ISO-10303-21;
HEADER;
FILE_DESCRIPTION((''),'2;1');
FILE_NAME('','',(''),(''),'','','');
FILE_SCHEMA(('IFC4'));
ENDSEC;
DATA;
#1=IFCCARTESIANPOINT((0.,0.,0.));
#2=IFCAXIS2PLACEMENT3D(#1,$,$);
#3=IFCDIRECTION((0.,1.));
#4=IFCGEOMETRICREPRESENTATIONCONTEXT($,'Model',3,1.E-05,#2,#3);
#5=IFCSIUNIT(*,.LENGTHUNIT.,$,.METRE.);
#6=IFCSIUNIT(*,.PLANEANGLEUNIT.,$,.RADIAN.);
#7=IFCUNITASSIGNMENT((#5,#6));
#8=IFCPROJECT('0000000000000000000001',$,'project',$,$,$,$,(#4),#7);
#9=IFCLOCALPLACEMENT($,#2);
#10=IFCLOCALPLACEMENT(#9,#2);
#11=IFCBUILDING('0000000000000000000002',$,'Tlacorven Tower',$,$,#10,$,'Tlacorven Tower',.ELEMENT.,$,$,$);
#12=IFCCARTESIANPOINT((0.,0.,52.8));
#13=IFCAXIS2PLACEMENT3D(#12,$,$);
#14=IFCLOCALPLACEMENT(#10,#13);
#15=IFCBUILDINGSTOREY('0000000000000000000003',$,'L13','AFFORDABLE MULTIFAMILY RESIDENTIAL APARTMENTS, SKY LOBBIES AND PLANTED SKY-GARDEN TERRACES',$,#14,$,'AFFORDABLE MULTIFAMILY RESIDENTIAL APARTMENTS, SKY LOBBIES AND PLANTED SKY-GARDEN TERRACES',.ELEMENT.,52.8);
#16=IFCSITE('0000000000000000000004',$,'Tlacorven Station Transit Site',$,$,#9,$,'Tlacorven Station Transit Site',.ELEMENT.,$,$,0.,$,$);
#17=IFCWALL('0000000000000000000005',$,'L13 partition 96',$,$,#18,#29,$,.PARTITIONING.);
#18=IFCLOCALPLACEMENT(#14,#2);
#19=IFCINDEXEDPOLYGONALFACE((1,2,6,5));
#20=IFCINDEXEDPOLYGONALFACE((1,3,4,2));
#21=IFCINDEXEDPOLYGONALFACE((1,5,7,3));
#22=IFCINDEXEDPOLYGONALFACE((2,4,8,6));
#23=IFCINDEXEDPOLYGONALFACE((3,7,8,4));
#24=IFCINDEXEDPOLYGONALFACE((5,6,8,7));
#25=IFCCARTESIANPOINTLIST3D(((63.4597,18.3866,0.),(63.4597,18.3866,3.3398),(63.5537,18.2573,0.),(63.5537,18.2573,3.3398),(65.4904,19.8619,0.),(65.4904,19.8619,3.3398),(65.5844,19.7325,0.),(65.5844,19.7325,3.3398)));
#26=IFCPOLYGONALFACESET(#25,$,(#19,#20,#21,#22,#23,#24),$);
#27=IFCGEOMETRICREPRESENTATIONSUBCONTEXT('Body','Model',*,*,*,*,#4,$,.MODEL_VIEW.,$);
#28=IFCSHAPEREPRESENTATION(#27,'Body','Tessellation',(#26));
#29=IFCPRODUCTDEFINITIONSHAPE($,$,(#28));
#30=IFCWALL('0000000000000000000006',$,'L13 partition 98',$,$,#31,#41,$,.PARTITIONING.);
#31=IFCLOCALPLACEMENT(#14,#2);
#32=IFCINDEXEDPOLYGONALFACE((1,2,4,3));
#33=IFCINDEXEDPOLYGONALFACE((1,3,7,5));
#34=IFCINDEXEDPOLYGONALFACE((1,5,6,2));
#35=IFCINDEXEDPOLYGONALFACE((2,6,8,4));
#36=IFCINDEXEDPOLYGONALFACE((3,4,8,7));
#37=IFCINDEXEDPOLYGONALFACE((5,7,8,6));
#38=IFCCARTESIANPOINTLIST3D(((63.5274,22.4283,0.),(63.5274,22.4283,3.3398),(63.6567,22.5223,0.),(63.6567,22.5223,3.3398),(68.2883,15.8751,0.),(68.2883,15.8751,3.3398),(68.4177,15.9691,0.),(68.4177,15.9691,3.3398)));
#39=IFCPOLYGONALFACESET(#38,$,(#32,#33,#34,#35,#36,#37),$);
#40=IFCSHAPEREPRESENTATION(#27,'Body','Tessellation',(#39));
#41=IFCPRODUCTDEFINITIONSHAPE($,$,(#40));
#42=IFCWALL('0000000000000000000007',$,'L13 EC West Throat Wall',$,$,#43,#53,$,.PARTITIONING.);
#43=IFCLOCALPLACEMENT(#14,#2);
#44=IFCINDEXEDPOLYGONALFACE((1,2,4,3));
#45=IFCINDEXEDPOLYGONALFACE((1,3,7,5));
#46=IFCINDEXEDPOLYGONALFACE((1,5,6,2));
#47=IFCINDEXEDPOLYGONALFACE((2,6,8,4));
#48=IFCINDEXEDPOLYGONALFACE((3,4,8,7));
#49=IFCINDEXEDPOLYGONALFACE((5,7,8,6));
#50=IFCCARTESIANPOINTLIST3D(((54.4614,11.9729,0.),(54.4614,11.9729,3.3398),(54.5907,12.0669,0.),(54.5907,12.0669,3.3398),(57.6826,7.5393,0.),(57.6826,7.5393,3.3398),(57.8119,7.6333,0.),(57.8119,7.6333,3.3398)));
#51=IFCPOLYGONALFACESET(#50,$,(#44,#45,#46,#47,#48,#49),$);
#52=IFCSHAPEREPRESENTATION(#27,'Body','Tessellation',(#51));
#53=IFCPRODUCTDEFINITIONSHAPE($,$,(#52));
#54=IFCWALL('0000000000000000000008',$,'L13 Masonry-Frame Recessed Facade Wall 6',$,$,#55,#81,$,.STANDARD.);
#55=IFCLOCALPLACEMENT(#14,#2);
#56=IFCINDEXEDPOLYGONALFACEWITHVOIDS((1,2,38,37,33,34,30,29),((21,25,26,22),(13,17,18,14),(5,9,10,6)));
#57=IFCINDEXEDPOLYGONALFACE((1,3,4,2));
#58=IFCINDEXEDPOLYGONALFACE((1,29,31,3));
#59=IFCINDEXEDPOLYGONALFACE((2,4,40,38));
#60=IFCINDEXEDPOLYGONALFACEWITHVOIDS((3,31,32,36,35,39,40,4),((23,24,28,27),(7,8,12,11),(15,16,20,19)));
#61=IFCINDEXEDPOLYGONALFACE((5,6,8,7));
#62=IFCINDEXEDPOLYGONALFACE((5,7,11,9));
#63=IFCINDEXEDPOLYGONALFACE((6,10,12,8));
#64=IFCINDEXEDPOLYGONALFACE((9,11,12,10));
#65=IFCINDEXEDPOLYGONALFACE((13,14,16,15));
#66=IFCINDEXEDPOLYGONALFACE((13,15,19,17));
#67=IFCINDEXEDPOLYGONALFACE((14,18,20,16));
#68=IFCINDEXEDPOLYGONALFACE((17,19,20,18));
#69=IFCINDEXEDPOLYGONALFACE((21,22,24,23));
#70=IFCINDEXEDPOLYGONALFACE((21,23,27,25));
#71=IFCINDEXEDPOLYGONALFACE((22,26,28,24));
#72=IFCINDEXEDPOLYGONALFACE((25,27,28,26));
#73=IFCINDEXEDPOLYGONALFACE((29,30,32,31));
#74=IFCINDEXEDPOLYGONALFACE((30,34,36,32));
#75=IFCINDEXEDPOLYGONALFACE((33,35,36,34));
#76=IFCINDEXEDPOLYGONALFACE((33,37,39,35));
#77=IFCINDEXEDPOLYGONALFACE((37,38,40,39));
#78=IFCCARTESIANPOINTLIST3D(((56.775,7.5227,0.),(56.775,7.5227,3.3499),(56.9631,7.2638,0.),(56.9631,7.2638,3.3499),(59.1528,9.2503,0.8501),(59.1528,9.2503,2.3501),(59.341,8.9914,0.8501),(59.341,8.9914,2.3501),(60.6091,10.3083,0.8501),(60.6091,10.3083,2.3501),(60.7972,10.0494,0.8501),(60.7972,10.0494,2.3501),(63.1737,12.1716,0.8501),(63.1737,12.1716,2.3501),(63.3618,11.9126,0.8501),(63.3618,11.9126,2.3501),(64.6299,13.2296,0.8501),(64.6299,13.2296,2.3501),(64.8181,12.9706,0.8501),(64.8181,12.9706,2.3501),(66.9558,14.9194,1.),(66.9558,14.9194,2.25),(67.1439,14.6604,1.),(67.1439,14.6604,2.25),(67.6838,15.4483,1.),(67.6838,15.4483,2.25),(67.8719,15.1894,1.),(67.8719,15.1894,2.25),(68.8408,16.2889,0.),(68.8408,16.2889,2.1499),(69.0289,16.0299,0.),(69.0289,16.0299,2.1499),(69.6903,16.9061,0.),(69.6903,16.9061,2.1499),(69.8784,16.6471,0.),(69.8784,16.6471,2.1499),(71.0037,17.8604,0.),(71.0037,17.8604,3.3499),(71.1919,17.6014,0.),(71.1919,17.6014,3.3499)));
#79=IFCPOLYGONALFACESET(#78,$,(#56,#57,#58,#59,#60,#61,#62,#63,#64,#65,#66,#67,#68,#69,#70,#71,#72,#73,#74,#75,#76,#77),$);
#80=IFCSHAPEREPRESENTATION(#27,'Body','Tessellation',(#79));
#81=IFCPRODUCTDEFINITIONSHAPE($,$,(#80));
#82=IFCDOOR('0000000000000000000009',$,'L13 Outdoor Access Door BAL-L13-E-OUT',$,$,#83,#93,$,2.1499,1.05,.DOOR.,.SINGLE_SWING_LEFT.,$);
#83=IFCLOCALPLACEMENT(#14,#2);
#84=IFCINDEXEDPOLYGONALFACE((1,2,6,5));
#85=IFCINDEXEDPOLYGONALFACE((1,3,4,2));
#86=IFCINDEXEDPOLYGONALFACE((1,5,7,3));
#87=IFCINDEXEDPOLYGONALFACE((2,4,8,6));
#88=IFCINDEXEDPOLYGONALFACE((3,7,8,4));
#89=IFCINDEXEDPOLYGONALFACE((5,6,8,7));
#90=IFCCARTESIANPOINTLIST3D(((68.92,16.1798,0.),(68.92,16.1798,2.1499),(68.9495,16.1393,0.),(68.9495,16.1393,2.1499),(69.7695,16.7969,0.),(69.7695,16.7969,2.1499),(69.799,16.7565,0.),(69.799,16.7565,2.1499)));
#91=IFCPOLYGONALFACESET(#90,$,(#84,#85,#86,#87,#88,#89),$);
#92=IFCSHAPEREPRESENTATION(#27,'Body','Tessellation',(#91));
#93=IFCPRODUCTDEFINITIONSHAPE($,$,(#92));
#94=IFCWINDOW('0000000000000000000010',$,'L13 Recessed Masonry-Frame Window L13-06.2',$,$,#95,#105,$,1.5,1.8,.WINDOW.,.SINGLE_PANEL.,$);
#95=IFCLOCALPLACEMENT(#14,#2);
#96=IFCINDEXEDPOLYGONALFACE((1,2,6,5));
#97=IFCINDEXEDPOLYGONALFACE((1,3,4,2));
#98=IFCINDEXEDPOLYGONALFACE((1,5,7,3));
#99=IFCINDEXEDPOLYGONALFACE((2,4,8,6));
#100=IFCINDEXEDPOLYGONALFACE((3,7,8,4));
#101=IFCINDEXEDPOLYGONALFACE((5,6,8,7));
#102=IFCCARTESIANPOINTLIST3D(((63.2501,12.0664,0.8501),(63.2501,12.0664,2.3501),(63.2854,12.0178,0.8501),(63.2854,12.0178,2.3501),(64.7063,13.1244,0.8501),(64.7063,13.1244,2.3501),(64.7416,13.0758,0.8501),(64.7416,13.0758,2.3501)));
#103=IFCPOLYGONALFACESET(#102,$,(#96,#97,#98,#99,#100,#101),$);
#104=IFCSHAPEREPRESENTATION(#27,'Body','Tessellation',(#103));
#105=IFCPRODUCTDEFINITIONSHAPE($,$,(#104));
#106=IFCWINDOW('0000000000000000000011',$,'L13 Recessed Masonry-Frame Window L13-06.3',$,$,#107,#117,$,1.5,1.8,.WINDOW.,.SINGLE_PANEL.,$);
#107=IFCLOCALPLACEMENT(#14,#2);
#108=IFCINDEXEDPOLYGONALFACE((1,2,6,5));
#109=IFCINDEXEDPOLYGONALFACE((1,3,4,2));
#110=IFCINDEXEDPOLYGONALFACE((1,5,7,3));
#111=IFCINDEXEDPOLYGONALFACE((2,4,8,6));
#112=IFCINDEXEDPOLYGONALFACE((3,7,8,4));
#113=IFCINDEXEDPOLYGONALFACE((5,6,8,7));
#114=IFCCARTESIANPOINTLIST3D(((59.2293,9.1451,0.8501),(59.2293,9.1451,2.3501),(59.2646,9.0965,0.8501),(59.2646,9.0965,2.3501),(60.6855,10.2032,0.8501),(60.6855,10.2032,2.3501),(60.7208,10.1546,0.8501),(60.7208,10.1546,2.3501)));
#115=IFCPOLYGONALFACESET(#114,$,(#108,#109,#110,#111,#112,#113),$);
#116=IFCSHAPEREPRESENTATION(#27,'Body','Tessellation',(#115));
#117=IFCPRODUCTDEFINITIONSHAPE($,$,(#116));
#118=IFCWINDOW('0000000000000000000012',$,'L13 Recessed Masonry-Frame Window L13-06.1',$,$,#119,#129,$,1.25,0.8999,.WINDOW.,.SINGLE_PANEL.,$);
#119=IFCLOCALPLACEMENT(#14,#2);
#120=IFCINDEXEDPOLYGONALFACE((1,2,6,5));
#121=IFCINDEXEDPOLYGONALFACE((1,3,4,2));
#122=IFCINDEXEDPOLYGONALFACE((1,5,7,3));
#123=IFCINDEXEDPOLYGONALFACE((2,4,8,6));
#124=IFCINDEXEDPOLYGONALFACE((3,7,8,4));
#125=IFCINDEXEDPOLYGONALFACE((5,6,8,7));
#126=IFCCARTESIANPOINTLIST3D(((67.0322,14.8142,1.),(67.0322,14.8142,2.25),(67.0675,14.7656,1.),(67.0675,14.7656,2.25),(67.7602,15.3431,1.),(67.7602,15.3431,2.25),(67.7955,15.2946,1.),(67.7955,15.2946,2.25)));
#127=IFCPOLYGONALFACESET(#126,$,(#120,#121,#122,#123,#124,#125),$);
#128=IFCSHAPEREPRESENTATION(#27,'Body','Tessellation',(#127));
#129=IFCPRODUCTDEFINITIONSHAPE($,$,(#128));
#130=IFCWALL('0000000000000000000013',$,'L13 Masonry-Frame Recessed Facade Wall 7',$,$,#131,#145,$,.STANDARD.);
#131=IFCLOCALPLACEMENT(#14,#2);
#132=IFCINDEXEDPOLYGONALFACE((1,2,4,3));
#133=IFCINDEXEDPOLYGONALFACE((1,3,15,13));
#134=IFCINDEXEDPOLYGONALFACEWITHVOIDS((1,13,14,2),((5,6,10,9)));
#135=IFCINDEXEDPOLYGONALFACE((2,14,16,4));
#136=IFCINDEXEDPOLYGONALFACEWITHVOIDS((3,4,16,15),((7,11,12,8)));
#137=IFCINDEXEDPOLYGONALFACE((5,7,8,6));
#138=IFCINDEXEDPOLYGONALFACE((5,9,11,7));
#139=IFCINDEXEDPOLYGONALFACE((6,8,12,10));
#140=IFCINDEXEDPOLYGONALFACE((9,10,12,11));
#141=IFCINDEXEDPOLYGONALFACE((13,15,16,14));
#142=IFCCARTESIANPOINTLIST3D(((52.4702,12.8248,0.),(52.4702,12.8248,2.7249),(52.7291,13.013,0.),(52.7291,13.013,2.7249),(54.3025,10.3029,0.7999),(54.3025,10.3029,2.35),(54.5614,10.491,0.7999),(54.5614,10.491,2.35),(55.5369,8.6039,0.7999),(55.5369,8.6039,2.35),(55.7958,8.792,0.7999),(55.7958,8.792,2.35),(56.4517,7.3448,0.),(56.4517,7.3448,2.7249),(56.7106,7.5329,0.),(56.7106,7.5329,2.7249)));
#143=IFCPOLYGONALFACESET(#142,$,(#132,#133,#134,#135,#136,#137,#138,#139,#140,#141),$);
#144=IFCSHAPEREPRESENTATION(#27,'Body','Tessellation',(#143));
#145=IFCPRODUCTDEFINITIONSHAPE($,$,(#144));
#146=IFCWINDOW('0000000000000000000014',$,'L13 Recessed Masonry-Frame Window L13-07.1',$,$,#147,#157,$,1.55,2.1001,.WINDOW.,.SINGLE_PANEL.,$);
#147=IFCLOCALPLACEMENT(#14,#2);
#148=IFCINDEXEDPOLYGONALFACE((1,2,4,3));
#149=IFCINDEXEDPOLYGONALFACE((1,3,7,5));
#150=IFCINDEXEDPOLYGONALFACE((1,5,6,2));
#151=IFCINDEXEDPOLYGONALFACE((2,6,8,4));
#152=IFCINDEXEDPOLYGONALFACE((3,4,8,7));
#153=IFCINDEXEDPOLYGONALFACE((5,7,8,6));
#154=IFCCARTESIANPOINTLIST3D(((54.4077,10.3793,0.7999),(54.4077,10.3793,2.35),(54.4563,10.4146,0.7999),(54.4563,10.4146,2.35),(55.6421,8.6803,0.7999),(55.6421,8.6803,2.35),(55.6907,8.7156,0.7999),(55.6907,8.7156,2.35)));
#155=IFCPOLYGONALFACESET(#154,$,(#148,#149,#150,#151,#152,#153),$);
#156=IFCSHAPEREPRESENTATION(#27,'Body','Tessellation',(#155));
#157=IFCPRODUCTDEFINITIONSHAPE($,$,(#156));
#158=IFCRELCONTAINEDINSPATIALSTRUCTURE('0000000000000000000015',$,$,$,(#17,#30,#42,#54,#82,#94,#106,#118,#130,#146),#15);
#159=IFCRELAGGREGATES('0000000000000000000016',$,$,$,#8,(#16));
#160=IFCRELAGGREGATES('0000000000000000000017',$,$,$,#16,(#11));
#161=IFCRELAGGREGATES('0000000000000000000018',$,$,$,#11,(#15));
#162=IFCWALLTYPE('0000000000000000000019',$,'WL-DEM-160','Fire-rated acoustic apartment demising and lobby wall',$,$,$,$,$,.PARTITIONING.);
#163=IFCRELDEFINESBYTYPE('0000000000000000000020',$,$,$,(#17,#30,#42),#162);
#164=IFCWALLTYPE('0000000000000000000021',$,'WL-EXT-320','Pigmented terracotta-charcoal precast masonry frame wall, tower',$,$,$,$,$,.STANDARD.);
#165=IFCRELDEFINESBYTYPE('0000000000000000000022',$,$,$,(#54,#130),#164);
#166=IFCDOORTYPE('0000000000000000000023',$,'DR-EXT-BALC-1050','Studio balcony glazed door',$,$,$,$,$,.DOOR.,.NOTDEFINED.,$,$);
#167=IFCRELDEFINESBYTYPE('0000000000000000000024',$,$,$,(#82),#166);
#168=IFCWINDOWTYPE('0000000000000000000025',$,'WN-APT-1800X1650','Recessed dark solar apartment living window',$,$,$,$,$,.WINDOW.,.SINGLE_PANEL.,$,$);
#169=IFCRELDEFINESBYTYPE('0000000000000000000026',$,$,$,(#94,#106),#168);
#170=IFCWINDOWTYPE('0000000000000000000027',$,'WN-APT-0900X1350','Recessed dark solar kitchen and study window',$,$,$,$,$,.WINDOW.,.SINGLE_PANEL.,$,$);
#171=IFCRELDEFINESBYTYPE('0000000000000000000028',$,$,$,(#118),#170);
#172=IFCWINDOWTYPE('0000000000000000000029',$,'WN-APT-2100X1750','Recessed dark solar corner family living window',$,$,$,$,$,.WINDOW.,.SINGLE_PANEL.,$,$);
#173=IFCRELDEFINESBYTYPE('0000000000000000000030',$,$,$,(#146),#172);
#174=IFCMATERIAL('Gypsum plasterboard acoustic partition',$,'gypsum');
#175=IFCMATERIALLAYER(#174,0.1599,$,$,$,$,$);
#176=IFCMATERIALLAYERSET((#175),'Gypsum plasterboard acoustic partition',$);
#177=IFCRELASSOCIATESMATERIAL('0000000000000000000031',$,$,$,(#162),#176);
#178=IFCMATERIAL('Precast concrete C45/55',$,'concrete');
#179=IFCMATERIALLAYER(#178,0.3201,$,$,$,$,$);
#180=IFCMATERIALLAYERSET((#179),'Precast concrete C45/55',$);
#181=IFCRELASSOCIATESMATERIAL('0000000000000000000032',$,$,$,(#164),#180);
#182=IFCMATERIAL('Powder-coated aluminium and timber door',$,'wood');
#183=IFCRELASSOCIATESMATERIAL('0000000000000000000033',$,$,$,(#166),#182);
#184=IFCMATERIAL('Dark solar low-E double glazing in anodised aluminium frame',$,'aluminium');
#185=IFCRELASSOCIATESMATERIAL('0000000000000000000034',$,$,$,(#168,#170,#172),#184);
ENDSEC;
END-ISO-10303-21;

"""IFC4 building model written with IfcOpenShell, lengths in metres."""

from ifc_helpers import new_model, si_unit, direction, frame, frame_2d, origin, place, context, subcontext, project, spatial, rectangle, extrude, source, transform, mapped, material, layer, layer_set, type_object, element, fill, save


model = new_model("IFC4")

# Units and contexts
model_context = context("Model", 3, precision=1e-05, world=origin(), true_north=direction((0.0, 1.0)))
body_context = subcontext(model_context, "Body", "Model", "MODEL_VIEW")
ifc_project = project(units=[si_unit("LENGTHUNIT", "METRE"), si_unit("PLANEANGLEUNIT", "RADIAN")], contexts=[model_context])

# Site, building, storey
site_placement = place(None, origin())
site = spatial("IfcSite", under=ifc_project, at=site_placement, Name="Tlacorven Station Transit Site", LongName="Tlacorven Station Transit Site", CompositionType="ELEMENT", RefElevation=0.0)
building_placement = place(site_placement, origin())
building = spatial("IfcBuilding", under=site, at=building_placement, Name="Tlacorven Tower", LongName="Tlacorven Tower", CompositionType="ELEMENT")
storey_placement = place(building_placement, frame((0.0, 0.0, 52.8)))
storey = spatial("IfcBuildingStorey", under=building, at=storey_placement, Name="L13", Description="AFFORDABLE MULTIFAMILY RESIDENTIAL APARTMENTS, SKY LOBBIES AND PLANTED SKY-GARDEN TERRACES", LongName="AFFORDABLE MULTIFAMILY RESIDENTIAL APARTMENTS, SKY LOBBIES AND PLANTED SKY-GARDEN TERRACES", CompositionType="ELEMENT", Elevation=52.8)

# Walls
ifc_material_1 = material(Name="Gypsum plasterboard acoustic partition", Category="gypsum")
ifc_layer_1 = layer(ifc_material_1, 0.1599)
ifc_layer_set_1 = layer_set([ifc_layer_1], Name="Gypsum plasterboard acoustic partition")
wall_type_1 = type_object("IfcWallType", Name="WL-DEM-160", Description="Fire-rated acoustic apartment demising and lobby wall", PredefinedType="PARTITIONING", material=ifc_layer_set_1)
wall_1_placement = place(storey_placement, frame((63.5068, 18.322, 0.0), z_axis=(0.0, 0.0, 1.0), x_axis=(0.809035, 0.587761, 0.0)))
element("IfcWall", 1, at=wall_1_placement, inside=storey, type_object=wall_type_1, Name="L13 partition 96", PredefinedType="PARTITIONING", context=body_context, shape_type="SweptSolid", body=[
    extrude(rectangle(XDim=2.51, YDim=0.1599, at=frame_2d((1.2549, 0.0))), origin(), (0.0, 0.0, 1.0), 3.3398),
])
wall_2_placement = place(storey_placement, frame((68.353, 15.9221, 0.0), z_axis=(0.0, 0.0, 1.0), x_axis=(-0.587768, 0.809029, 0.0)))
element("IfcWall", 2, at=wall_2_placement, inside=storey, type_object=wall_type_1, Name="L13 partition 98", PredefinedType="PARTITIONING", context=body_context, shape_type="SweptSolid", body=[
    extrude(rectangle(XDim=8.1001, YDim=0.1599, at=frame_2d((4.05, 0.0))), origin(), (0.0, 0.0, 1.0), 3.3398),
])
wall_3_placement = place(storey_placement, frame((57.7473, 7.5862, 0.0), z_axis=(0.0, 0.0, 1.0), x_axis=(-0.587785, 0.809017, 0.0)))
element("IfcWall", 3, at=wall_3_placement, inside=storey, type_object=wall_type_1, Name="L13 EC West Throat Wall", PredefinedType="PARTITIONING", context=body_context, shape_type="SweptSolid", body=[
    extrude(rectangle(XDim=5.4802, YDim=0.1599, at=frame_2d((2.7402, 0.0))), origin(), (0.0, 0.0, 1.0), 3.3398),
])

# Wall, openings, door, windows
ifc_material_2 = material(Name="Precast concrete C45/55", Category="concrete")
ifc_layer_2 = layer(ifc_material_2, 0.3201)
ifc_layer_set_2 = layer_set([ifc_layer_2], Name="Precast concrete C45/55")
wall_type_2 = type_object("IfcWallType", Name="WL-EXT-320", Description="Pigmented terracotta-charcoal precast masonry frame wall, tower", PredefinedType="STANDARD", material=ifc_layer_set_2)
wall_4_placement = place(storey_placement, frame((71.0979, 17.731, 0.0), z_axis=(0.0, 0.0, 1.0), x_axis=(-0.809021, -0.58778, 0.0)))
wall_4 = element("IfcWall", 4, at=wall_4_placement, inside=storey, type_object=wall_type_2, Name="L13 Masonry-Frame Recessed Facade Wall 6", PredefinedType="STANDARD", context=body_context, shape_type="SweptSolid", body=[
    extrude(rectangle(XDim=17.5876, YDim=0.3201, at=frame_2d((8.7939, 0.0))), origin(), (0.0, 0.0, 1.0), 3.3499),
])
opening_1_placement = place(wall_4_placement, frame((1.6238, 0.0, 0.0)))
opening_1 = element("IfcOpeningElement", 5, at=opening_1_placement, cuts=wall_4, PredefinedType="OPENING", context=body_context, shape_type="SweptSolid", body=[
    extrude(rectangle(XDim=1.05, YDim=2.1499, at=frame_2d((0.5249, 1.075))), frame((0.0, 0.1699, 0.0), z_axis=(0.0, -1.0, 0.0), x_axis=(1.0, 0.0, 0.0)), (0.0, 0.0, 1.0), 0.3401),
])
opening_2_placement = place(wall_4_placement, frame((4.1038, 0.0, 1.0)))
opening_2 = element("IfcOpeningElement", 6, at=opening_2_placement, cuts=wall_4, PredefinedType="OPENING", context=body_context, shape_type="SweptSolid", body=[
    extrude(rectangle(XDim=0.8999, YDim=1.25, at=frame_2d((0.45, 0.625))), frame((0.0, 0.1699, 0.0), z_axis=(0.0, -1.0, 0.0), x_axis=(1.0, 0.0, 0.0)), (0.0, 0.0, 1.0), 0.3401),
])
opening_3_placement = place(wall_4_placement, frame((7.8787, 0.0, 0.8501)))
opening_3 = element("IfcOpeningElement", 7, at=opening_3_placement, cuts=wall_4, PredefinedType="OPENING", context=body_context, shape_type="SweptSolid", body=[
    extrude(rectangle(XDim=1.8, YDim=1.5, at=frame_2d((0.8999, 0.75))), frame((0.0, 0.1699, 0.0), z_axis=(0.0, -1.0, 0.0), x_axis=(1.0, 0.0, 0.0)), (0.0, 0.0, 1.0), 0.3401),
])
opening_4_placement = place(wall_4_placement, frame((12.8486, 0.0, 0.8501)))
opening_4 = element("IfcOpeningElement", 8, at=opening_4_placement, cuts=wall_4, PredefinedType="OPENING", context=body_context, shape_type="SweptSolid", body=[
    extrude(rectangle(XDim=1.8, YDim=1.5, at=frame_2d((0.8999, 0.75))), frame((0.0, 0.1699, 0.0), z_axis=(0.0, -1.0, 0.0), x_axis=(1.0, 0.0, 0.0)), (0.0, 0.0, 1.0), 0.3401),
])
ifc_material_3 = material(Name="Powder-coated aluminium and timber door", Category="wood")
door_type_1 = type_object("IfcDoorType", Name="DR-EXT-BALC-1050", Description="Studio balcony glazed door", OperationType="NOTDEFINED", PredefinedType="DOOR", material=ifc_material_3)
shared_shape_1 = source(origin(), body_context, "Body", "SweptSolid", [
    extrude(rectangle(XDim=1.05, YDim=2.1499, at=frame_2d((0.5249, 1.075))), frame((0.0, 0.0249, 0.0), z_axis=(0.0, -1.0, 0.0), x_axis=(1.0, 0.0, 0.0)), (0.0, 0.0, 1.0), 0.05),
])
door_1_placement = place(opening_1_placement, origin())
door_1 = element("IfcDoor", 9, at=door_1_placement, inside=storey, type_object=door_type_1, Name="L13 Outdoor Access Door BAL-L13-E-OUT", OperationType="SINGLE_SWING_LEFT", OverallHeight=2.1499, OverallWidth=1.05, PredefinedType="DOOR", context=body_context, shape_type="MappedRepresentation", body=[
    mapped(shared_shape_1, transform((0.0, 0.0, 0.0), scale=1.0)),
])
fill(opening_1, door_1)
ifc_material_4 = material(Name="Dark solar low-E double glazing in anodised aluminium frame", Category="aluminium")
window_type_1 = type_object("IfcWindowType", Name="WN-APT-1800X1650", Description="Recessed dark solar apartment living window", PartitioningType="SINGLE_PANEL", PredefinedType="WINDOW", material=ifc_material_4)
shared_shape_2 = source(origin(), body_context, "Body", "SweptSolid", [
    extrude(rectangle(XDim=1.8, YDim=1.5, at=frame_2d((0.8999, 0.75))), frame((0.0, 0.03, 0.0), z_axis=(0.0, -1.0, 0.0), x_axis=(1.0, 0.0, 0.0)), (0.0, 0.0, 1.0), 0.0601),
])
window_1_placement = place(opening_3_placement, origin())
window_1 = element("IfcWindow", 10, at=window_1_placement, inside=storey, type_object=window_type_1, Name="L13 Recessed Masonry-Frame Window L13-06.2", OverallHeight=1.5, OverallWidth=1.8, PartitioningType="SINGLE_PANEL", PredefinedType="WINDOW", context=body_context, shape_type="MappedRepresentation", body=[
    mapped(shared_shape_2, transform((0.0, 0.0, 0.0), scale=1.0)),
])
fill(opening_3, window_1)
window_2_placement = place(opening_4_placement, origin())
window_2 = element("IfcWindow", 11, at=window_2_placement, inside=storey, type_object=window_type_1, Name="L13 Recessed Masonry-Frame Window L13-06.3", OverallHeight=1.5, OverallWidth=1.8, PartitioningType="SINGLE_PANEL", PredefinedType="WINDOW", context=body_context, shape_type="MappedRepresentation", body=[
    mapped(shared_shape_2, transform((0.0, 0.0, 0.0), scale=1.0)),
])
fill(opening_4, window_2)
window_type_2 = type_object("IfcWindowType", Name="WN-APT-0900X1350", Description="Recessed dark solar kitchen and study window", PartitioningType="SINGLE_PANEL", PredefinedType="WINDOW", material=ifc_material_4)
shared_shape_3 = source(origin(), body_context, "Body", "SweptSolid", [
    extrude(rectangle(XDim=0.8999, YDim=1.25, at=frame_2d((0.45, 0.625))), frame((0.0, 0.03, 0.0), z_axis=(0.0, -1.0, 0.0), x_axis=(1.0, 0.0, 0.0)), (0.0, 0.0, 1.0), 0.0601),
])
window_3_placement = place(opening_2_placement, origin())
window_3 = element("IfcWindow", 12, at=window_3_placement, inside=storey, type_object=window_type_2, Name="L13 Recessed Masonry-Frame Window L13-06.1", OverallHeight=1.25, OverallWidth=0.8999, PartitioningType="SINGLE_PANEL", PredefinedType="WINDOW", context=body_context, shape_type="MappedRepresentation", body=[
    mapped(shared_shape_3, transform((0.0, 0.0, 0.0), scale=1.0)),
])
fill(opening_2, window_3)

# Wall, opening, window
wall_5_placement = place(storey_placement, frame((56.5811, 7.439, 0.0), z_axis=(0.0, 0.0, 1.0), x_axis=(-0.587786, 0.809017, 0.0)))
wall_5 = element("IfcWall", 13, at=wall_5_placement, inside=storey, type_object=wall_type_2, Name="L13 Masonry-Frame Recessed Facade Wall 7", PredefinedType="STANDARD", context=body_context, shape_type="SweptSolid", body=[
    extrude(rectangle(XDim=6.7737, YDim=0.3201, at=frame_2d((3.3867, 0.0))), origin(), (0.0, 0.0, 1.0), 2.7249),
])
opening_5_placement = place(wall_5_placement, frame((1.5562, 0.0, 0.8)))
opening_5 = element("IfcOpeningElement", 14, at=opening_5_placement, cuts=wall_5, PredefinedType="OPENING", context=body_context, shape_type="SweptSolid", body=[
    extrude(rectangle(XDim=2.1001, YDim=1.55, at=frame_2d((1.05, 0.7749))), frame((0.0, 0.1699, 0.0), z_axis=(0.0, -1.0, 0.0), x_axis=(1.0, 0.0, 0.0)), (0.0, 0.0, 1.0), 0.3401),
])
window_type_3 = type_object("IfcWindowType", Name="WN-APT-2100X1750", Description="Recessed dark solar corner family living window", PartitioningType="SINGLE_PANEL", PredefinedType="WINDOW", material=ifc_material_4)
shared_shape_4 = source(origin(), body_context, "Body", "SweptSolid", [
    extrude(rectangle(XDim=2.1001, YDim=1.55, at=frame_2d((1.05, 0.7749))), frame((0.0, 0.03, 0.0), z_axis=(0.0, -1.0, 0.0), x_axis=(1.0, 0.0, 0.0)), (0.0, 0.0, 1.0), 0.0601),
])
window_4_placement = place(opening_5_placement, origin())
window_4 = element("IfcWindow", 15, at=window_4_placement, inside=storey, type_object=window_type_3, Name="L13 Recessed Masonry-Frame Window L13-07.1", OverallHeight=1.55, OverallWidth=2.1001, PartitioningType="SINGLE_PANEL", PredefinedType="WINDOW", context=body_context, shape_type="MappedRepresentation", body=[
    mapped(shared_shape_4, transform((0.0, 0.0, 0.0), scale=1.0)),
])
fill(opening_5, window_4)

save(model, "model.ifc")
